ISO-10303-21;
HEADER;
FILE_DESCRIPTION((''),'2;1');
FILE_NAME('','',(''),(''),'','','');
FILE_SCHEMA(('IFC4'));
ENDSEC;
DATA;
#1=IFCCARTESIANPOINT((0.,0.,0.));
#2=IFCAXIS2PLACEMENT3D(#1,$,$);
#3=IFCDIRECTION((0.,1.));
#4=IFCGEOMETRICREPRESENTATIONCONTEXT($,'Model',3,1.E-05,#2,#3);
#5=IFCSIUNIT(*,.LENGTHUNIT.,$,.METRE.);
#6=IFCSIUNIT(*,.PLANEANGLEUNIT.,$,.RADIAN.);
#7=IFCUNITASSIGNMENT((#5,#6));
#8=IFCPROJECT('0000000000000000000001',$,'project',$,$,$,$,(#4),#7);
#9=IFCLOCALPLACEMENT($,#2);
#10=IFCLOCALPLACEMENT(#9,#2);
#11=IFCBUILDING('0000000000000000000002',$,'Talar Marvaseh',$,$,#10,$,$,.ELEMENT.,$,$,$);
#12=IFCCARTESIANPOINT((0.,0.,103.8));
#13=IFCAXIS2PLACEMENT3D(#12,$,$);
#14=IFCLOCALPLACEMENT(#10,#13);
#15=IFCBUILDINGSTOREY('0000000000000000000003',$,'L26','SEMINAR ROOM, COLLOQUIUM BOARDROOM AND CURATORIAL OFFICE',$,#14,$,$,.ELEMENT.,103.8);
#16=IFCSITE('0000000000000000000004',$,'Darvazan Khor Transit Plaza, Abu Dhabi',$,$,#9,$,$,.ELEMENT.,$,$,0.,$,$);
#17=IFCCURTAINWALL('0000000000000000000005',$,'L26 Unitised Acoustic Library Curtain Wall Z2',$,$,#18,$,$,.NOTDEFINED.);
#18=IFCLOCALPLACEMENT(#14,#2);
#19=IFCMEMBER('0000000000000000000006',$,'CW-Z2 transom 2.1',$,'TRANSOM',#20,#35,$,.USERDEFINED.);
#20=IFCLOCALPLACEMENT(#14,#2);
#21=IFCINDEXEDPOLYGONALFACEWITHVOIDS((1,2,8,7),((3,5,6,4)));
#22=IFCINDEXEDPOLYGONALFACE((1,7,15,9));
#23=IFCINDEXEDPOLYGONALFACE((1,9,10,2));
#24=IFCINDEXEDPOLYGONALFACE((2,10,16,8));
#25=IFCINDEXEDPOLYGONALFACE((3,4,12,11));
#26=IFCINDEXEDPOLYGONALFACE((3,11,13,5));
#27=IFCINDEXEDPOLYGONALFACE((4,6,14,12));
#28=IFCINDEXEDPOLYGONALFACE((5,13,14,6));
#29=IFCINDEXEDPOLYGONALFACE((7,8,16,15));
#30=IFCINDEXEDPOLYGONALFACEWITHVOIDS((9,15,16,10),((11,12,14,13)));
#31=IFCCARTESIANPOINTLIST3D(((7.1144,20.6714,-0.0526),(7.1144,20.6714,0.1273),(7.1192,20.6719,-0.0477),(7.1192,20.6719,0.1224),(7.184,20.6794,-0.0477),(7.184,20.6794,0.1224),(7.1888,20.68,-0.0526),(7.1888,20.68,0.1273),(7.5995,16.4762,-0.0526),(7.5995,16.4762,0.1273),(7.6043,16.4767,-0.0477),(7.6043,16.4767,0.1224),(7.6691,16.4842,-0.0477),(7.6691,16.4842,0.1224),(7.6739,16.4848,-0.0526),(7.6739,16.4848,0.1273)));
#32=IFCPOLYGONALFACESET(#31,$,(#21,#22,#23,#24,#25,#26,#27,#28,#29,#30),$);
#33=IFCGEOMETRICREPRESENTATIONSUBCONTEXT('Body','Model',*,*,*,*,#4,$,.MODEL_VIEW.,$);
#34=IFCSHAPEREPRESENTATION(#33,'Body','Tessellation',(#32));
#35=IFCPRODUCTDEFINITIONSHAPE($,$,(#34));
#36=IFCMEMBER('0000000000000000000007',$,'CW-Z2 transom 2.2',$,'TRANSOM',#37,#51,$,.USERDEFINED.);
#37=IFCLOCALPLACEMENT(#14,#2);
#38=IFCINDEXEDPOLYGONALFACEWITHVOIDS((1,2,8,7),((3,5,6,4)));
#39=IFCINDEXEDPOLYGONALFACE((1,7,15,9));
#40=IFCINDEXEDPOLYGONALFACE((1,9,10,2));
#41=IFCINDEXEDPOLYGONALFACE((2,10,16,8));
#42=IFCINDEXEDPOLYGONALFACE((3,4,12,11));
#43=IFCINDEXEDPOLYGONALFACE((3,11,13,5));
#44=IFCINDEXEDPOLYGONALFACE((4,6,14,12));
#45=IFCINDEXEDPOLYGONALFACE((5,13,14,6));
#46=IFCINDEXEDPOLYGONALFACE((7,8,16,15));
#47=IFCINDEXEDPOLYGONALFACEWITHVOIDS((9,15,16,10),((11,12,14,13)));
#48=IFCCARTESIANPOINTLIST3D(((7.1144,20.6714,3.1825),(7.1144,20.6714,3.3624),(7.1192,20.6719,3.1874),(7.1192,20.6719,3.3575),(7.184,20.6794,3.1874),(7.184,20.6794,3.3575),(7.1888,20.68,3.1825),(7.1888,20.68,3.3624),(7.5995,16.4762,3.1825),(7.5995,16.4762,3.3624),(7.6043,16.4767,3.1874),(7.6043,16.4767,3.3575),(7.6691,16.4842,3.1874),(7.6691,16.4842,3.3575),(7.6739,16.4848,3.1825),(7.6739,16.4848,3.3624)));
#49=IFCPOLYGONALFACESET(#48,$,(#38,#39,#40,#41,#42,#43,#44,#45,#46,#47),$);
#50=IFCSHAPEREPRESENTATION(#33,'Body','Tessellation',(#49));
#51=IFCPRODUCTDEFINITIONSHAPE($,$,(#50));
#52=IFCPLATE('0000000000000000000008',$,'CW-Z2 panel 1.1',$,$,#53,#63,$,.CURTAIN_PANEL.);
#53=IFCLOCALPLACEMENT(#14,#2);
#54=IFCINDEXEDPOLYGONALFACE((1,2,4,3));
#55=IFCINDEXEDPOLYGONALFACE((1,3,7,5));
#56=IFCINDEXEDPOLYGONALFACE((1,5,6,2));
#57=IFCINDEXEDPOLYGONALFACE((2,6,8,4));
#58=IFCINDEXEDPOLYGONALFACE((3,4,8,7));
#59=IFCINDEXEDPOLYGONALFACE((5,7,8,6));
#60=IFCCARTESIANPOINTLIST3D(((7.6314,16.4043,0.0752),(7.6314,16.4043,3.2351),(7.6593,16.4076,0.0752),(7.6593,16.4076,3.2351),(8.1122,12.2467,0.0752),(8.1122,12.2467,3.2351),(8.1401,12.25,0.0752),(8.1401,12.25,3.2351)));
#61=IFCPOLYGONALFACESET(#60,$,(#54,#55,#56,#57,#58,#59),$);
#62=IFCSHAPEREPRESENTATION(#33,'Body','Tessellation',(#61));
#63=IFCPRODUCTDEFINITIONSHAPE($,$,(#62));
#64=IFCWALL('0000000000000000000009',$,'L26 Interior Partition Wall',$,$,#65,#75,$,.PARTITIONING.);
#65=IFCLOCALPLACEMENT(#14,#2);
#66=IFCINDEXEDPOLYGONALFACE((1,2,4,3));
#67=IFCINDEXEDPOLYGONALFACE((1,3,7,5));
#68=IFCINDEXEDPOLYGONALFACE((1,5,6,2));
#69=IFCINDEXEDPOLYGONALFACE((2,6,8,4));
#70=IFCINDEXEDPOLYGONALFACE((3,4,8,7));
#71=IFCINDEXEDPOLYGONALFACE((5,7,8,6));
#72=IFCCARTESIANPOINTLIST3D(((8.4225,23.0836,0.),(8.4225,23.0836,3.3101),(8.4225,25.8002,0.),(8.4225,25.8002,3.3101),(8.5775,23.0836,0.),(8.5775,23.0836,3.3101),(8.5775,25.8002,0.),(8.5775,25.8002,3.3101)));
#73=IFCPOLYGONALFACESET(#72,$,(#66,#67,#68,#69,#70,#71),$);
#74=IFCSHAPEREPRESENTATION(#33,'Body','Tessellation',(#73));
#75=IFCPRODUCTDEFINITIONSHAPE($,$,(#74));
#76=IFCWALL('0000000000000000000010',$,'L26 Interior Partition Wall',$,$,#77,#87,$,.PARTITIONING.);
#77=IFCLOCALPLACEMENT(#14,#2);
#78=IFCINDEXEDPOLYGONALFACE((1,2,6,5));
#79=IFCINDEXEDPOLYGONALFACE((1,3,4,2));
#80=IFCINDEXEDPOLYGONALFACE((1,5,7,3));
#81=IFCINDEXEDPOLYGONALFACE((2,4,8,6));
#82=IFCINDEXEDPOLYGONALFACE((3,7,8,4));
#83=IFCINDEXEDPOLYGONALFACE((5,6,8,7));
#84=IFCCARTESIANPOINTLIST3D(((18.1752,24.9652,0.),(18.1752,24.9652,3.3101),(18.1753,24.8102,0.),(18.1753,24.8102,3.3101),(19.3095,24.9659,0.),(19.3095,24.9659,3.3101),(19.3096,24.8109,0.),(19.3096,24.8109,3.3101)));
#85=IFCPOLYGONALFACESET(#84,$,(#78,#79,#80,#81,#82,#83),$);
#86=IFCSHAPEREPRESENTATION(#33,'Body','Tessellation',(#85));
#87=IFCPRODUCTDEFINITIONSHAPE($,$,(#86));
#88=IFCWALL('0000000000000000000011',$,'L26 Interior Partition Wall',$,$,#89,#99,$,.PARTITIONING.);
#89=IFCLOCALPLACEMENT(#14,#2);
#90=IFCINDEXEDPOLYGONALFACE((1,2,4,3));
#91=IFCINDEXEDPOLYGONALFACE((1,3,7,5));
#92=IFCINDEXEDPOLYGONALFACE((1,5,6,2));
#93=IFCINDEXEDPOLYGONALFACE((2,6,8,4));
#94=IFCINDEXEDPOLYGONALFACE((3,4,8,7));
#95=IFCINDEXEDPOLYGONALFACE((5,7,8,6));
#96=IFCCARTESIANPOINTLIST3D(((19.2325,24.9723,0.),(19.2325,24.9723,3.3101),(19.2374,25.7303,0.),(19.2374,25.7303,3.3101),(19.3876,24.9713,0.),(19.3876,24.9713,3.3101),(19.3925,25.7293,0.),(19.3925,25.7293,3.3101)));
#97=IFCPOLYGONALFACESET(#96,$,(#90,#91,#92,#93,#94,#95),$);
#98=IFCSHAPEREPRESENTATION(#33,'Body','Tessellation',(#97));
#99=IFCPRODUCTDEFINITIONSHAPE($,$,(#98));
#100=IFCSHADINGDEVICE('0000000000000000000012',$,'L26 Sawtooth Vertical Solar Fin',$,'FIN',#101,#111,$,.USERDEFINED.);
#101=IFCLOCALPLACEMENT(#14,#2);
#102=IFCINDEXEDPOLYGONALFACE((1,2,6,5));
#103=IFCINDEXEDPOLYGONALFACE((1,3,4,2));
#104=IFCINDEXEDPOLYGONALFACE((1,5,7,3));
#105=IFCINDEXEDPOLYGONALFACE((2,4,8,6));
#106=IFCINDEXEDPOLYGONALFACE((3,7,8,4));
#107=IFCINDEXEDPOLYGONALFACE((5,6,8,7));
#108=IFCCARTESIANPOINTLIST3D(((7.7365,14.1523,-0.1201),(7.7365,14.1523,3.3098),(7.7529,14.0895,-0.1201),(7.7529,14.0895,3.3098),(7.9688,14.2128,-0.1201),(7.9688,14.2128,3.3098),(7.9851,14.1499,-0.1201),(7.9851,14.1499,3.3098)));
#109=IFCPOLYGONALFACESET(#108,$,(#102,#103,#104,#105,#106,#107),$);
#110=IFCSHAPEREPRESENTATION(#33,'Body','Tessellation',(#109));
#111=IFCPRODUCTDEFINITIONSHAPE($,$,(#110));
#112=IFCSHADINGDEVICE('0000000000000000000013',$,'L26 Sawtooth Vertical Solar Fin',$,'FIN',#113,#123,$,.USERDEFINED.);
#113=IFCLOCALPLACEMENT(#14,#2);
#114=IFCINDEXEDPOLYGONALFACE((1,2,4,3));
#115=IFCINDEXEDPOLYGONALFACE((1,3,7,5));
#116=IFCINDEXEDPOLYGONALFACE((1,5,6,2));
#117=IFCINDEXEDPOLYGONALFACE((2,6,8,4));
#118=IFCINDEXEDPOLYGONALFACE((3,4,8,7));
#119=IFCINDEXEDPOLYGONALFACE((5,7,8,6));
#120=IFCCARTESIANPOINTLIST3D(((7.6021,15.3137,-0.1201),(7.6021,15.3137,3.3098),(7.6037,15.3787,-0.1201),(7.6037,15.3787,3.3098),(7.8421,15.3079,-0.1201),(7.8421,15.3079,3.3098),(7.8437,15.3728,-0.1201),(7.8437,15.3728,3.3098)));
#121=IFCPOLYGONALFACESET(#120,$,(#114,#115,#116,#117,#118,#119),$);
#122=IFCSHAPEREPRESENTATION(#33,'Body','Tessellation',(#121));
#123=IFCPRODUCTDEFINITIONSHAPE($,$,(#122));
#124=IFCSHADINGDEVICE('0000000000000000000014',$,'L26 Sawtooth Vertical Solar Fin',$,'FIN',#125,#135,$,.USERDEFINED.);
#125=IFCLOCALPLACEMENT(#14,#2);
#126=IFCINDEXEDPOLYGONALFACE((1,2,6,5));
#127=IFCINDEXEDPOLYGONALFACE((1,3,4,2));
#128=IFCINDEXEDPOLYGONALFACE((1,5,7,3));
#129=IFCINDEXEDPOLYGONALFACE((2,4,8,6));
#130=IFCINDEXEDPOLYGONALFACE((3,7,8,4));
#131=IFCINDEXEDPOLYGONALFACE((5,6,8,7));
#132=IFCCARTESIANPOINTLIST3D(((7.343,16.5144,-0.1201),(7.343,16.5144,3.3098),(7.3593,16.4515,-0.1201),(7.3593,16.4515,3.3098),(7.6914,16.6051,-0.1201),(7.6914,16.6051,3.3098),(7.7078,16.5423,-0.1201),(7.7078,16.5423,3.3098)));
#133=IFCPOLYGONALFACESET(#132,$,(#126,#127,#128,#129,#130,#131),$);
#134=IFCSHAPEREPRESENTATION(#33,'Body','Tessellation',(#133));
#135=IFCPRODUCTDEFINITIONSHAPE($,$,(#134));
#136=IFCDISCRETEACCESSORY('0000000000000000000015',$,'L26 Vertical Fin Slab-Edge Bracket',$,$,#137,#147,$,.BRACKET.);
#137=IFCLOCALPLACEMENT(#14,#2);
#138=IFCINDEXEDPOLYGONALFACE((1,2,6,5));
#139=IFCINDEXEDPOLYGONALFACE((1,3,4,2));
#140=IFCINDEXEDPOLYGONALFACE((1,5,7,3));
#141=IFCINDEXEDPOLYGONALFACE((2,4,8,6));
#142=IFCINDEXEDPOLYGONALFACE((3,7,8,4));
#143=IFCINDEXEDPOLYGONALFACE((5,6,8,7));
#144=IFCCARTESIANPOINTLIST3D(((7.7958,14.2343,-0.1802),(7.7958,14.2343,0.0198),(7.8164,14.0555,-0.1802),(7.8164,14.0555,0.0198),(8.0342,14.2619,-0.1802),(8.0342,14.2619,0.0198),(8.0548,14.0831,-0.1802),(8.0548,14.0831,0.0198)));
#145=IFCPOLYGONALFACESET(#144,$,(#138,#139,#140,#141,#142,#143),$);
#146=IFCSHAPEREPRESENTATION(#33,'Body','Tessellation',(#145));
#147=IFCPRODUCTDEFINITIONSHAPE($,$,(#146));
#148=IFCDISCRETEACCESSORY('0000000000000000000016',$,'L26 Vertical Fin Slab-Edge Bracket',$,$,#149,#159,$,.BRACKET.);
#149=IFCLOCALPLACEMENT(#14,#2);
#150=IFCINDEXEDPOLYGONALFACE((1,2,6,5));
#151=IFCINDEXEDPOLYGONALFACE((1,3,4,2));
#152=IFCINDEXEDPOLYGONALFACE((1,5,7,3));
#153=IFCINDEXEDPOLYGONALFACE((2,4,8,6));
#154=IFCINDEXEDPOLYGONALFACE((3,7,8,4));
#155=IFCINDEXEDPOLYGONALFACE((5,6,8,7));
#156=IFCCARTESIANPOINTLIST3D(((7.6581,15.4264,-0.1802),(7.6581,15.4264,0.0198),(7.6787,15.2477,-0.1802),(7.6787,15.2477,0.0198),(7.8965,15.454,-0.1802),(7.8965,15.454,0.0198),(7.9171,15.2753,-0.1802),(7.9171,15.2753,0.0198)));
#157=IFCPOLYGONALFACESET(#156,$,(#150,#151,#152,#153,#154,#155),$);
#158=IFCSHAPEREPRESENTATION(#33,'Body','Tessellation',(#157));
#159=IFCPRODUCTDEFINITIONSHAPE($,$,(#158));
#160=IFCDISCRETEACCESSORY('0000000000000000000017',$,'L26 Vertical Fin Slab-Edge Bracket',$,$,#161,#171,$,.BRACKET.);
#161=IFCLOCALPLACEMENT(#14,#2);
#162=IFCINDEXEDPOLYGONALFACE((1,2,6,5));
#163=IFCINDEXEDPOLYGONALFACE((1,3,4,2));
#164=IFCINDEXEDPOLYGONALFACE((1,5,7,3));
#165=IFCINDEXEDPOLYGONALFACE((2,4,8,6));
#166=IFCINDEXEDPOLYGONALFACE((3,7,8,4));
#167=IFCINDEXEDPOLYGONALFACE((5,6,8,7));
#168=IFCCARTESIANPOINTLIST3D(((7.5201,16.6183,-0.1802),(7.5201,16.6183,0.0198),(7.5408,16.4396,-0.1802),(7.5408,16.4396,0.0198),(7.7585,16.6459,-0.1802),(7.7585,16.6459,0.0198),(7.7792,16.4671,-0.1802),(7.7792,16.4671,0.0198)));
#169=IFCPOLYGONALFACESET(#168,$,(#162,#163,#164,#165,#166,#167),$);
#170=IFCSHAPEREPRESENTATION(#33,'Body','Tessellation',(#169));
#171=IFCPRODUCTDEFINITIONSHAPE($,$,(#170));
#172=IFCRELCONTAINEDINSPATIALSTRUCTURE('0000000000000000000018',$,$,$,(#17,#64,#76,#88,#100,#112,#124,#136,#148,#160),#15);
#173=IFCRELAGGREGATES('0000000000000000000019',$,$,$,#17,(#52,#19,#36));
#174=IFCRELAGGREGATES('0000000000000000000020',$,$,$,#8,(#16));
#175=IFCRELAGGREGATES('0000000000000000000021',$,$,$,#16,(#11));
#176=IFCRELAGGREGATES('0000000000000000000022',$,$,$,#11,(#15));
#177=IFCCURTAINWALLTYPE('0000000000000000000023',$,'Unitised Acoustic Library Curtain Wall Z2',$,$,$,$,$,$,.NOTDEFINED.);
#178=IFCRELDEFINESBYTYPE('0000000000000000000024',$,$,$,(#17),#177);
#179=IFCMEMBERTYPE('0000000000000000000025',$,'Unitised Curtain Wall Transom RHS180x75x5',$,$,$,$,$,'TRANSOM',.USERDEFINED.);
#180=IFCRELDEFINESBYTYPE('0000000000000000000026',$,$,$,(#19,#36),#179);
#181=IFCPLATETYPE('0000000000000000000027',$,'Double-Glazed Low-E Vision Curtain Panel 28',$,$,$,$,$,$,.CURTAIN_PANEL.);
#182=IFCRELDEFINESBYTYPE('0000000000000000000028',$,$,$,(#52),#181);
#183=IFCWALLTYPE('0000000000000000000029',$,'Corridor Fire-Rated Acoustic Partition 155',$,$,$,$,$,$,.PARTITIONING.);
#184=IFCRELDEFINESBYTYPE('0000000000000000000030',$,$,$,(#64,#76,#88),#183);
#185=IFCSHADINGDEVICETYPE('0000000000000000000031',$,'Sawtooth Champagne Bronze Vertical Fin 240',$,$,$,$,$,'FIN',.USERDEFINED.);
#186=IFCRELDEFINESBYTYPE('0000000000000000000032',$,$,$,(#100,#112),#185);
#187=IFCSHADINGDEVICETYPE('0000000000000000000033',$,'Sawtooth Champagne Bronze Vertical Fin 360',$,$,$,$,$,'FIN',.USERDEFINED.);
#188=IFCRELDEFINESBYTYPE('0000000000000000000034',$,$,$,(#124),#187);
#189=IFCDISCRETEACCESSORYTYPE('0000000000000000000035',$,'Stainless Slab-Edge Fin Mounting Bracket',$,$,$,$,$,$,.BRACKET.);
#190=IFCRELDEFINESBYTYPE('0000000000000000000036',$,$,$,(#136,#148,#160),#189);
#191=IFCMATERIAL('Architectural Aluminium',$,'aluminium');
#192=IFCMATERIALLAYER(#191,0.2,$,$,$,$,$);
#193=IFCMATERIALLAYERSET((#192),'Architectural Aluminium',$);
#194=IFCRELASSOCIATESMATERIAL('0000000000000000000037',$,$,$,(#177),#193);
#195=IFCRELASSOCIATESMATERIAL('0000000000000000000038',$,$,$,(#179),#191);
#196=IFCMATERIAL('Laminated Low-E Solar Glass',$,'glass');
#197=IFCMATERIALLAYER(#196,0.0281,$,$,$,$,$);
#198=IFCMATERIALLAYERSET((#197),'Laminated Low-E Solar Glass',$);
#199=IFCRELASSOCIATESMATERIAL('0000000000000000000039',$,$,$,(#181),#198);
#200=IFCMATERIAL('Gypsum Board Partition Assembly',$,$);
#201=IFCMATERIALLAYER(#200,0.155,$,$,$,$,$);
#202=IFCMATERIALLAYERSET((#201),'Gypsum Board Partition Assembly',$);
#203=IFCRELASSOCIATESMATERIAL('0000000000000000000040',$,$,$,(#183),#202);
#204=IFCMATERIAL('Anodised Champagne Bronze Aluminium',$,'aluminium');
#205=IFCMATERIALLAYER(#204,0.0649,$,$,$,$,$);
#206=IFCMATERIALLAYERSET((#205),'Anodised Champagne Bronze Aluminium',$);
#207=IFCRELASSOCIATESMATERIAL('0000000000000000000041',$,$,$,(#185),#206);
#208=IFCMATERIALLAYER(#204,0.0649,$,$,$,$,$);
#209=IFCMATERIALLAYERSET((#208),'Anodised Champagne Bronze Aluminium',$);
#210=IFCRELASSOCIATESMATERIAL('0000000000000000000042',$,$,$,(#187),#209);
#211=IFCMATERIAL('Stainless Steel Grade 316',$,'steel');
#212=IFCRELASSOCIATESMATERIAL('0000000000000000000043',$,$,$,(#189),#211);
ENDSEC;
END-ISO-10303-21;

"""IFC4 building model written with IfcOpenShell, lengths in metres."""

from ifc_helpers import new_model, si_unit, direction, frame, frame_2d, origin, origin_2d, place, context, subcontext, project, spatial, rectangle, hollow_rectangle, extrude, source, transform, mapped, material, layer, layer_set, material_profile, profile_set, type_object, type_shapes, element, aggregate, save


model = new_model("IFC4")

# Units and contexts
model_context = context("Model", 3, precision=1e-05, world=origin(), true_north=direction((0.0, 1.0)))
body_context = subcontext(model_context, "Body", "Model", "MODEL_VIEW")
ifc_project = project(units=[si_unit("LENGTHUNIT", "METRE"), si_unit("PLANEANGLEUNIT", "RADIAN")], contexts=[model_context])

# Site, building, storey
site_placement = place(None, origin())
site = spatial("IfcSite", under=ifc_project, at=site_placement, Name="Darvazan Khor Transit Plaza, Abu Dhabi", CompositionType="ELEMENT", RefElevation=0.0)
building_placement = place(site_placement, origin())
building = spatial("IfcBuilding", under=site, at=building_placement, Name="Talar Marvaseh", CompositionType="ELEMENT")
storey_placement = place(building_placement, frame((0.0, 0.0, 103.8)))
storey = spatial("IfcBuildingStorey", under=building, at=storey_placement, Name="L26", Description="SEMINAR ROOM, COLLOQUIUM BOARDROOM AND CURATORIAL OFFICE", CompositionType="ELEMENT", Elevation=103.8)

# Curtain wall, members, plate
ifc_material_1 = material(Name="Architectural Aluminium", Category="aluminium")
ifc_layer_1 = layer(ifc_material_1, 0.2)
ifc_layer_set_1 = layer_set([ifc_layer_1], Name="Architectural Aluminium")
curtain_wall_type = type_object("IfcCurtainWallType", Name="Unitised Acoustic Library Curtain Wall Z2", PredefinedType="NOTDEFINED", material=ifc_layer_set_1)
curtain_wall_placement = place(storey_placement, origin())
curtain_wall = element("IfcCurtainWall", 1, at=curtain_wall_placement, inside=storey, type_object=curtain_wall_type, Name="L26 Unitised Acoustic Library Curtain Wall Z2", PredefinedType="NOTDEFINED")
ifc_material_profile_1 = material_profile(ifc_material_1, hollow_rectangle(XDim=0.075, YDim=0.1799, WallThickness=0.0049, at=origin_2d()), Name="RHS180x75x5")
ifc_profile_set_1 = profile_set([ifc_material_profile_1], Name="Architectural Aluminium")
member_type_1 = type_object("IfcMemberType", Name="Unitised Curtain Wall Transom RHS180x75x5", ElementType="TRANSOM", PredefinedType="USERDEFINED", material=ifc_profile_set_1)
shared_shape_1 = source(origin(), body_context, "Body", "SweptSolid", [
    extrude(hollow_rectangle(XDim=0.075, YDim=0.1799, WallThickness=0.0049, at=origin_2d()), origin(), (0.0, 0.0, 1.0), 4.2231),
])
type_shapes(member_type_1, [shared_shape_1])
member_1_placement = place(storey_placement, frame((7.6367, 16.4805, 0.0374), z_axis=(-0.114872, 0.99338, 0.0), x_axis=(-0.99338, -0.114872, 0.0)))
member_1 = element("IfcMember", 2, at=member_1_placement, type_object=member_type_1, Name="CW-Z2 transom 2.1", ObjectType="TRANSOM", PredefinedType="USERDEFINED", context=body_context, shape_type="MappedRepresentation", body=[
    mapped(shared_shape_1, transform((0.0, 0.0, 0.0), x_axis=(1.0, 0.0, 0.0), y_axis=(0.0, 1.0, 0.0), z_axis=(0.0, 0.0, 1.0), scale=1.0)),
])
member_2_placement = place(storey_placement, frame((7.6367, 16.4805, 3.2725), z_axis=(-0.114872, 0.99338, 0.0), x_axis=(-0.99338, -0.114872, 0.0)))
member_2 = element("IfcMember", 3, at=member_2_placement, type_object=member_type_1, Name="CW-Z2 transom 2.2", ObjectType="TRANSOM", PredefinedType="USERDEFINED", context=body_context, shape_type="MappedRepresentation", body=[
    mapped(shared_shape_1, transform((0.0, 0.0, 0.0), x_axis=(1.0, 0.0, 0.0), y_axis=(0.0, 1.0, 0.0), z_axis=(0.0, 0.0, 1.0), scale=1.0)),
])
ifc_material_2 = material(Name="Laminated Low-E Solar Glass", Category="glass")
ifc_layer_2 = layer(ifc_material_2, 0.0281)
ifc_layer_set_2 = layer_set([ifc_layer_2], Name="Laminated Low-E Solar Glass")
plate_type = type_object("IfcPlateType", Name="Double-Glazed Low-E Vision Curtain Panel 28", PredefinedType="CURTAIN_PANEL", material=ifc_layer_set_2)
shared_shape_2 = source(origin(), body_context, "Body", "SweptSolid", [
    extrude(rectangle(XDim=4.1853, YDim=0.0281, at=origin_2d()), origin(), (0.0, 0.0, 1.0), 3.1599),
])
type_shapes(plate_type, [shared_shape_2])
plate_placement = place(storey_placement, frame((7.8857, 14.3271, 0.0752), z_axis=(0.0, 0.0, 1.0), x_axis=(-0.11487, 0.993381, 0.0)))
plate = element("IfcPlate", 4, at=plate_placement, type_object=plate_type, Name="CW-Z2 panel 1.1", PredefinedType="CURTAIN_PANEL", context=body_context, shape_type="MappedRepresentation", body=[
    mapped(shared_shape_2, transform((0.0, 0.0, 0.0), x_axis=(1.0, 0.0, 0.0), y_axis=(0.0, 1.0, 0.0), z_axis=(0.0, 0.0, 1.0), scale=1.0)),
])
aggregate(curtain_wall, [plate, member_1, member_2])

# Walls
ifc_material_3 = material(Name="Gypsum Board Partition Assembly")
ifc_layer_3 = layer(ifc_material_3, 0.155)
ifc_layer_set_3 = layer_set([ifc_layer_3], Name="Gypsum Board Partition Assembly")
wall_type = type_object("IfcWallType", Name="Corridor Fire-Rated Acoustic Partition 155", PredefinedType="PARTITIONING", material=ifc_layer_set_3)
wall_1_placement = place(storey_placement, frame((8.5, 23.0835, 0.0), z_axis=(0.0, 0.0, 1.0), x_axis=(0.0, 1.0, 0.0)))
element("IfcWall", 5, at=wall_1_placement, inside=storey, type_object=wall_type, Name="L26 Interior Partition Wall", PredefinedType="PARTITIONING", context=body_context, shape_type="SweptSolid", body=[
    extrude(rectangle(XDim=2.7166, YDim=0.155, at=frame_2d((1.3584, 0.0))), origin(), (0.0, 0.0, 1.0), 3.3101),
])
wall_2_placement = place(storey_placement, frame((18.1753, 24.8877, 0.0), z_axis=(0.0, 0.0, 1.0), x_axis=(1.0, 0.000646, 0.0)))
element("IfcWall", 6, at=wall_2_placement, inside=storey, type_object=wall_type, Name="L26 Interior Partition Wall", PredefinedType="PARTITIONING", context=body_context, shape_type="SweptSolid", body=[
    extrude(rectangle(XDim=1.1343, YDim=0.155, at=frame_2d((0.5671, 0.0))), origin(), (0.0, 0.0, 1.0), 3.3101),
])
wall_3_placement = place(storey_placement, frame((19.3101, 24.9719, 0.0), z_axis=(0.0, 0.0, 1.0), x_axis=(0.006441, 0.999979, 0.0)))
element("IfcWall", 7, at=wall_3_placement, inside=storey, type_object=wall_type, Name="L26 Interior Partition Wall", PredefinedType="PARTITIONING", context=body_context, shape_type="SweptSolid", body=[
    extrude(rectangle(XDim=0.7581, YDim=0.155, at=frame_2d((0.3789, 0.0))), origin(), (0.0, 0.0, 1.0), 3.3101),
])

# Shading devices
ifc_material_4 = material(Name="Anodised Champagne Bronze Aluminium", Category="aluminium")
ifc_layer_4 = layer(ifc_material_4, 0.0649)
ifc_layer_set_4 = layer_set([ifc_layer_4], Name="Anodised Champagne Bronze Aluminium")
shading_device_type_1 = type_object("IfcShadingDeviceType", Name="Sawtooth Champagne Bronze Vertical Fin 240", ElementType="FIN", PredefinedType="USERDEFINED", material=ifc_layer_set_4)
shared_shape_3 = source(origin(), body_context, "Body", "SweptSolid", [
    extrude(rectangle(XDim=0.24, YDim=0.0649, at=origin_2d()), origin(), (0.0, 0.0, 1.0), 3.4299),
])
type_shapes(shading_device_type_1, [shared_shape_3])
for number, where, z_axis, x_axis, name in (
    (8, (7.8608, 14.1511, -0.1201), (0.0, 0.0, 1.0), (-0.967709, -0.252069, 0.0), "L26 Sawtooth Vertical Solar Fin"),
    (9, (7.7229, 15.3433, -0.1201), (0.0, 0.0, 1.0), (-0.999701, 0.024432, 0.0), "L26 Sawtooth Vertical Solar Fin"),
):
    element("IfcShadingDevice", number, at=place(storey_placement, frame(where, z_axis=z_axis, x_axis=x_axis)), inside=storey, type_object=shading_device_type_1, Name=name, ObjectType="FIN", PredefinedType="USERDEFINED", context=body_context, shape_type="MappedRepresentation", body=[
        mapped(shared_shape_3, transform((0.0, 0.0, 0.0), x_axis=(1.0, 0.0, 0.0), y_axis=(0.0, 1.0, 0.0), z_axis=(0.0, 0.0, 1.0), scale=1.0)),
    ])
ifc_layer_5 = layer(ifc_material_4, 0.0649)
ifc_layer_set_5 = layer_set([ifc_layer_5], Name="Anodised Champagne Bronze Aluminium")
shading_device_type_2 = type_object("IfcShadingDeviceType", Name="Sawtooth Champagne Bronze Vertical Fin 360", ElementType="FIN", PredefinedType="USERDEFINED", material=ifc_layer_set_5)
shared_shape_4 = source(origin(), body_context, "Body", "SweptSolid", [
    extrude(rectangle(XDim=0.3601, YDim=0.0649, at=origin_2d()), origin(), (0.0, 0.0, 1.0), 3.4299),
])
type_shapes(shading_device_type_2, [shared_shape_4])
shading_device_placement = place(storey_placement, frame((7.5254, 16.5283, -0.1201), z_axis=(0.0, 0.0, 1.0), x_axis=(-0.967709, -0.252069, 0.0)))
element("IfcShadingDevice", 10, at=shading_device_placement, inside=storey, type_object=shading_device_type_2, Name="L26 Sawtooth Vertical Solar Fin", ObjectType="FIN", PredefinedType="USERDEFINED", context=body_context, shape_type="MappedRepresentation", body=[
    mapped(shared_shape_4, transform((0.0, 0.0, 0.0), x_axis=(1.0, 0.0, 0.0), y_axis=(0.0, 1.0, 0.0), z_axis=(0.0, 0.0, 1.0), scale=1.0)),
])

# Discrete accessories
ifc_material_5 = material(Name="Stainless Steel Grade 316", Category="steel")
discrete_accessory_type = type_object("IfcDiscreteAccessoryType", Name="Stainless Slab-Edge Fin Mounting Bracket", PredefinedType="BRACKET", material=ifc_material_5)
shared_shape_5 = source(origin(), body_context, "Body", "SweptSolid", [
    extrude(rectangle(XDim=0.24, YDim=0.1799, at=origin_2d()), origin(), (0.0, 0.0, 1.0), 0.2),
])
type_shapes(discrete_accessory_type, [shared_shape_5])
for number, where, z_axis, x_axis, name in (
    (11, (7.9253, 14.1587, -0.1802), (0.0, 0.0, 1.0), (-0.993373, -0.114937, 0.0), "L26 Vertical Fin Slab-Edge Bracket"),
    (12, (7.7876, 15.3508, -0.1802), (0.0, 0.0, 1.0), (-0.993373, -0.114937, 0.0), "L26 Vertical Fin Slab-Edge Bracket"),
    (13, (7.6497, 16.5427, -0.1802), (0.0, 0.0, 1.0), (-0.993373, -0.114937, 0.0), "L26 Vertical Fin Slab-Edge Bracket"),
):
    element("IfcDiscreteAccessory", number, at=place(storey_placement, frame(where, z_axis=z_axis, x_axis=x_axis)), inside=storey, type_object=discrete_accessory_type, Name=name, PredefinedType="BRACKET", context=body_context, shape_type="MappedRepresentation", body=[
        mapped(shared_shape_5, transform((0.0, 0.0, 0.0), x_axis=(1.0, 0.0, 0.0), y_axis=(0.0, 1.0, 0.0), z_axis=(0.0, 0.0, 1.0), scale=1.0)),
    ])

save(model, "model.ifc")
